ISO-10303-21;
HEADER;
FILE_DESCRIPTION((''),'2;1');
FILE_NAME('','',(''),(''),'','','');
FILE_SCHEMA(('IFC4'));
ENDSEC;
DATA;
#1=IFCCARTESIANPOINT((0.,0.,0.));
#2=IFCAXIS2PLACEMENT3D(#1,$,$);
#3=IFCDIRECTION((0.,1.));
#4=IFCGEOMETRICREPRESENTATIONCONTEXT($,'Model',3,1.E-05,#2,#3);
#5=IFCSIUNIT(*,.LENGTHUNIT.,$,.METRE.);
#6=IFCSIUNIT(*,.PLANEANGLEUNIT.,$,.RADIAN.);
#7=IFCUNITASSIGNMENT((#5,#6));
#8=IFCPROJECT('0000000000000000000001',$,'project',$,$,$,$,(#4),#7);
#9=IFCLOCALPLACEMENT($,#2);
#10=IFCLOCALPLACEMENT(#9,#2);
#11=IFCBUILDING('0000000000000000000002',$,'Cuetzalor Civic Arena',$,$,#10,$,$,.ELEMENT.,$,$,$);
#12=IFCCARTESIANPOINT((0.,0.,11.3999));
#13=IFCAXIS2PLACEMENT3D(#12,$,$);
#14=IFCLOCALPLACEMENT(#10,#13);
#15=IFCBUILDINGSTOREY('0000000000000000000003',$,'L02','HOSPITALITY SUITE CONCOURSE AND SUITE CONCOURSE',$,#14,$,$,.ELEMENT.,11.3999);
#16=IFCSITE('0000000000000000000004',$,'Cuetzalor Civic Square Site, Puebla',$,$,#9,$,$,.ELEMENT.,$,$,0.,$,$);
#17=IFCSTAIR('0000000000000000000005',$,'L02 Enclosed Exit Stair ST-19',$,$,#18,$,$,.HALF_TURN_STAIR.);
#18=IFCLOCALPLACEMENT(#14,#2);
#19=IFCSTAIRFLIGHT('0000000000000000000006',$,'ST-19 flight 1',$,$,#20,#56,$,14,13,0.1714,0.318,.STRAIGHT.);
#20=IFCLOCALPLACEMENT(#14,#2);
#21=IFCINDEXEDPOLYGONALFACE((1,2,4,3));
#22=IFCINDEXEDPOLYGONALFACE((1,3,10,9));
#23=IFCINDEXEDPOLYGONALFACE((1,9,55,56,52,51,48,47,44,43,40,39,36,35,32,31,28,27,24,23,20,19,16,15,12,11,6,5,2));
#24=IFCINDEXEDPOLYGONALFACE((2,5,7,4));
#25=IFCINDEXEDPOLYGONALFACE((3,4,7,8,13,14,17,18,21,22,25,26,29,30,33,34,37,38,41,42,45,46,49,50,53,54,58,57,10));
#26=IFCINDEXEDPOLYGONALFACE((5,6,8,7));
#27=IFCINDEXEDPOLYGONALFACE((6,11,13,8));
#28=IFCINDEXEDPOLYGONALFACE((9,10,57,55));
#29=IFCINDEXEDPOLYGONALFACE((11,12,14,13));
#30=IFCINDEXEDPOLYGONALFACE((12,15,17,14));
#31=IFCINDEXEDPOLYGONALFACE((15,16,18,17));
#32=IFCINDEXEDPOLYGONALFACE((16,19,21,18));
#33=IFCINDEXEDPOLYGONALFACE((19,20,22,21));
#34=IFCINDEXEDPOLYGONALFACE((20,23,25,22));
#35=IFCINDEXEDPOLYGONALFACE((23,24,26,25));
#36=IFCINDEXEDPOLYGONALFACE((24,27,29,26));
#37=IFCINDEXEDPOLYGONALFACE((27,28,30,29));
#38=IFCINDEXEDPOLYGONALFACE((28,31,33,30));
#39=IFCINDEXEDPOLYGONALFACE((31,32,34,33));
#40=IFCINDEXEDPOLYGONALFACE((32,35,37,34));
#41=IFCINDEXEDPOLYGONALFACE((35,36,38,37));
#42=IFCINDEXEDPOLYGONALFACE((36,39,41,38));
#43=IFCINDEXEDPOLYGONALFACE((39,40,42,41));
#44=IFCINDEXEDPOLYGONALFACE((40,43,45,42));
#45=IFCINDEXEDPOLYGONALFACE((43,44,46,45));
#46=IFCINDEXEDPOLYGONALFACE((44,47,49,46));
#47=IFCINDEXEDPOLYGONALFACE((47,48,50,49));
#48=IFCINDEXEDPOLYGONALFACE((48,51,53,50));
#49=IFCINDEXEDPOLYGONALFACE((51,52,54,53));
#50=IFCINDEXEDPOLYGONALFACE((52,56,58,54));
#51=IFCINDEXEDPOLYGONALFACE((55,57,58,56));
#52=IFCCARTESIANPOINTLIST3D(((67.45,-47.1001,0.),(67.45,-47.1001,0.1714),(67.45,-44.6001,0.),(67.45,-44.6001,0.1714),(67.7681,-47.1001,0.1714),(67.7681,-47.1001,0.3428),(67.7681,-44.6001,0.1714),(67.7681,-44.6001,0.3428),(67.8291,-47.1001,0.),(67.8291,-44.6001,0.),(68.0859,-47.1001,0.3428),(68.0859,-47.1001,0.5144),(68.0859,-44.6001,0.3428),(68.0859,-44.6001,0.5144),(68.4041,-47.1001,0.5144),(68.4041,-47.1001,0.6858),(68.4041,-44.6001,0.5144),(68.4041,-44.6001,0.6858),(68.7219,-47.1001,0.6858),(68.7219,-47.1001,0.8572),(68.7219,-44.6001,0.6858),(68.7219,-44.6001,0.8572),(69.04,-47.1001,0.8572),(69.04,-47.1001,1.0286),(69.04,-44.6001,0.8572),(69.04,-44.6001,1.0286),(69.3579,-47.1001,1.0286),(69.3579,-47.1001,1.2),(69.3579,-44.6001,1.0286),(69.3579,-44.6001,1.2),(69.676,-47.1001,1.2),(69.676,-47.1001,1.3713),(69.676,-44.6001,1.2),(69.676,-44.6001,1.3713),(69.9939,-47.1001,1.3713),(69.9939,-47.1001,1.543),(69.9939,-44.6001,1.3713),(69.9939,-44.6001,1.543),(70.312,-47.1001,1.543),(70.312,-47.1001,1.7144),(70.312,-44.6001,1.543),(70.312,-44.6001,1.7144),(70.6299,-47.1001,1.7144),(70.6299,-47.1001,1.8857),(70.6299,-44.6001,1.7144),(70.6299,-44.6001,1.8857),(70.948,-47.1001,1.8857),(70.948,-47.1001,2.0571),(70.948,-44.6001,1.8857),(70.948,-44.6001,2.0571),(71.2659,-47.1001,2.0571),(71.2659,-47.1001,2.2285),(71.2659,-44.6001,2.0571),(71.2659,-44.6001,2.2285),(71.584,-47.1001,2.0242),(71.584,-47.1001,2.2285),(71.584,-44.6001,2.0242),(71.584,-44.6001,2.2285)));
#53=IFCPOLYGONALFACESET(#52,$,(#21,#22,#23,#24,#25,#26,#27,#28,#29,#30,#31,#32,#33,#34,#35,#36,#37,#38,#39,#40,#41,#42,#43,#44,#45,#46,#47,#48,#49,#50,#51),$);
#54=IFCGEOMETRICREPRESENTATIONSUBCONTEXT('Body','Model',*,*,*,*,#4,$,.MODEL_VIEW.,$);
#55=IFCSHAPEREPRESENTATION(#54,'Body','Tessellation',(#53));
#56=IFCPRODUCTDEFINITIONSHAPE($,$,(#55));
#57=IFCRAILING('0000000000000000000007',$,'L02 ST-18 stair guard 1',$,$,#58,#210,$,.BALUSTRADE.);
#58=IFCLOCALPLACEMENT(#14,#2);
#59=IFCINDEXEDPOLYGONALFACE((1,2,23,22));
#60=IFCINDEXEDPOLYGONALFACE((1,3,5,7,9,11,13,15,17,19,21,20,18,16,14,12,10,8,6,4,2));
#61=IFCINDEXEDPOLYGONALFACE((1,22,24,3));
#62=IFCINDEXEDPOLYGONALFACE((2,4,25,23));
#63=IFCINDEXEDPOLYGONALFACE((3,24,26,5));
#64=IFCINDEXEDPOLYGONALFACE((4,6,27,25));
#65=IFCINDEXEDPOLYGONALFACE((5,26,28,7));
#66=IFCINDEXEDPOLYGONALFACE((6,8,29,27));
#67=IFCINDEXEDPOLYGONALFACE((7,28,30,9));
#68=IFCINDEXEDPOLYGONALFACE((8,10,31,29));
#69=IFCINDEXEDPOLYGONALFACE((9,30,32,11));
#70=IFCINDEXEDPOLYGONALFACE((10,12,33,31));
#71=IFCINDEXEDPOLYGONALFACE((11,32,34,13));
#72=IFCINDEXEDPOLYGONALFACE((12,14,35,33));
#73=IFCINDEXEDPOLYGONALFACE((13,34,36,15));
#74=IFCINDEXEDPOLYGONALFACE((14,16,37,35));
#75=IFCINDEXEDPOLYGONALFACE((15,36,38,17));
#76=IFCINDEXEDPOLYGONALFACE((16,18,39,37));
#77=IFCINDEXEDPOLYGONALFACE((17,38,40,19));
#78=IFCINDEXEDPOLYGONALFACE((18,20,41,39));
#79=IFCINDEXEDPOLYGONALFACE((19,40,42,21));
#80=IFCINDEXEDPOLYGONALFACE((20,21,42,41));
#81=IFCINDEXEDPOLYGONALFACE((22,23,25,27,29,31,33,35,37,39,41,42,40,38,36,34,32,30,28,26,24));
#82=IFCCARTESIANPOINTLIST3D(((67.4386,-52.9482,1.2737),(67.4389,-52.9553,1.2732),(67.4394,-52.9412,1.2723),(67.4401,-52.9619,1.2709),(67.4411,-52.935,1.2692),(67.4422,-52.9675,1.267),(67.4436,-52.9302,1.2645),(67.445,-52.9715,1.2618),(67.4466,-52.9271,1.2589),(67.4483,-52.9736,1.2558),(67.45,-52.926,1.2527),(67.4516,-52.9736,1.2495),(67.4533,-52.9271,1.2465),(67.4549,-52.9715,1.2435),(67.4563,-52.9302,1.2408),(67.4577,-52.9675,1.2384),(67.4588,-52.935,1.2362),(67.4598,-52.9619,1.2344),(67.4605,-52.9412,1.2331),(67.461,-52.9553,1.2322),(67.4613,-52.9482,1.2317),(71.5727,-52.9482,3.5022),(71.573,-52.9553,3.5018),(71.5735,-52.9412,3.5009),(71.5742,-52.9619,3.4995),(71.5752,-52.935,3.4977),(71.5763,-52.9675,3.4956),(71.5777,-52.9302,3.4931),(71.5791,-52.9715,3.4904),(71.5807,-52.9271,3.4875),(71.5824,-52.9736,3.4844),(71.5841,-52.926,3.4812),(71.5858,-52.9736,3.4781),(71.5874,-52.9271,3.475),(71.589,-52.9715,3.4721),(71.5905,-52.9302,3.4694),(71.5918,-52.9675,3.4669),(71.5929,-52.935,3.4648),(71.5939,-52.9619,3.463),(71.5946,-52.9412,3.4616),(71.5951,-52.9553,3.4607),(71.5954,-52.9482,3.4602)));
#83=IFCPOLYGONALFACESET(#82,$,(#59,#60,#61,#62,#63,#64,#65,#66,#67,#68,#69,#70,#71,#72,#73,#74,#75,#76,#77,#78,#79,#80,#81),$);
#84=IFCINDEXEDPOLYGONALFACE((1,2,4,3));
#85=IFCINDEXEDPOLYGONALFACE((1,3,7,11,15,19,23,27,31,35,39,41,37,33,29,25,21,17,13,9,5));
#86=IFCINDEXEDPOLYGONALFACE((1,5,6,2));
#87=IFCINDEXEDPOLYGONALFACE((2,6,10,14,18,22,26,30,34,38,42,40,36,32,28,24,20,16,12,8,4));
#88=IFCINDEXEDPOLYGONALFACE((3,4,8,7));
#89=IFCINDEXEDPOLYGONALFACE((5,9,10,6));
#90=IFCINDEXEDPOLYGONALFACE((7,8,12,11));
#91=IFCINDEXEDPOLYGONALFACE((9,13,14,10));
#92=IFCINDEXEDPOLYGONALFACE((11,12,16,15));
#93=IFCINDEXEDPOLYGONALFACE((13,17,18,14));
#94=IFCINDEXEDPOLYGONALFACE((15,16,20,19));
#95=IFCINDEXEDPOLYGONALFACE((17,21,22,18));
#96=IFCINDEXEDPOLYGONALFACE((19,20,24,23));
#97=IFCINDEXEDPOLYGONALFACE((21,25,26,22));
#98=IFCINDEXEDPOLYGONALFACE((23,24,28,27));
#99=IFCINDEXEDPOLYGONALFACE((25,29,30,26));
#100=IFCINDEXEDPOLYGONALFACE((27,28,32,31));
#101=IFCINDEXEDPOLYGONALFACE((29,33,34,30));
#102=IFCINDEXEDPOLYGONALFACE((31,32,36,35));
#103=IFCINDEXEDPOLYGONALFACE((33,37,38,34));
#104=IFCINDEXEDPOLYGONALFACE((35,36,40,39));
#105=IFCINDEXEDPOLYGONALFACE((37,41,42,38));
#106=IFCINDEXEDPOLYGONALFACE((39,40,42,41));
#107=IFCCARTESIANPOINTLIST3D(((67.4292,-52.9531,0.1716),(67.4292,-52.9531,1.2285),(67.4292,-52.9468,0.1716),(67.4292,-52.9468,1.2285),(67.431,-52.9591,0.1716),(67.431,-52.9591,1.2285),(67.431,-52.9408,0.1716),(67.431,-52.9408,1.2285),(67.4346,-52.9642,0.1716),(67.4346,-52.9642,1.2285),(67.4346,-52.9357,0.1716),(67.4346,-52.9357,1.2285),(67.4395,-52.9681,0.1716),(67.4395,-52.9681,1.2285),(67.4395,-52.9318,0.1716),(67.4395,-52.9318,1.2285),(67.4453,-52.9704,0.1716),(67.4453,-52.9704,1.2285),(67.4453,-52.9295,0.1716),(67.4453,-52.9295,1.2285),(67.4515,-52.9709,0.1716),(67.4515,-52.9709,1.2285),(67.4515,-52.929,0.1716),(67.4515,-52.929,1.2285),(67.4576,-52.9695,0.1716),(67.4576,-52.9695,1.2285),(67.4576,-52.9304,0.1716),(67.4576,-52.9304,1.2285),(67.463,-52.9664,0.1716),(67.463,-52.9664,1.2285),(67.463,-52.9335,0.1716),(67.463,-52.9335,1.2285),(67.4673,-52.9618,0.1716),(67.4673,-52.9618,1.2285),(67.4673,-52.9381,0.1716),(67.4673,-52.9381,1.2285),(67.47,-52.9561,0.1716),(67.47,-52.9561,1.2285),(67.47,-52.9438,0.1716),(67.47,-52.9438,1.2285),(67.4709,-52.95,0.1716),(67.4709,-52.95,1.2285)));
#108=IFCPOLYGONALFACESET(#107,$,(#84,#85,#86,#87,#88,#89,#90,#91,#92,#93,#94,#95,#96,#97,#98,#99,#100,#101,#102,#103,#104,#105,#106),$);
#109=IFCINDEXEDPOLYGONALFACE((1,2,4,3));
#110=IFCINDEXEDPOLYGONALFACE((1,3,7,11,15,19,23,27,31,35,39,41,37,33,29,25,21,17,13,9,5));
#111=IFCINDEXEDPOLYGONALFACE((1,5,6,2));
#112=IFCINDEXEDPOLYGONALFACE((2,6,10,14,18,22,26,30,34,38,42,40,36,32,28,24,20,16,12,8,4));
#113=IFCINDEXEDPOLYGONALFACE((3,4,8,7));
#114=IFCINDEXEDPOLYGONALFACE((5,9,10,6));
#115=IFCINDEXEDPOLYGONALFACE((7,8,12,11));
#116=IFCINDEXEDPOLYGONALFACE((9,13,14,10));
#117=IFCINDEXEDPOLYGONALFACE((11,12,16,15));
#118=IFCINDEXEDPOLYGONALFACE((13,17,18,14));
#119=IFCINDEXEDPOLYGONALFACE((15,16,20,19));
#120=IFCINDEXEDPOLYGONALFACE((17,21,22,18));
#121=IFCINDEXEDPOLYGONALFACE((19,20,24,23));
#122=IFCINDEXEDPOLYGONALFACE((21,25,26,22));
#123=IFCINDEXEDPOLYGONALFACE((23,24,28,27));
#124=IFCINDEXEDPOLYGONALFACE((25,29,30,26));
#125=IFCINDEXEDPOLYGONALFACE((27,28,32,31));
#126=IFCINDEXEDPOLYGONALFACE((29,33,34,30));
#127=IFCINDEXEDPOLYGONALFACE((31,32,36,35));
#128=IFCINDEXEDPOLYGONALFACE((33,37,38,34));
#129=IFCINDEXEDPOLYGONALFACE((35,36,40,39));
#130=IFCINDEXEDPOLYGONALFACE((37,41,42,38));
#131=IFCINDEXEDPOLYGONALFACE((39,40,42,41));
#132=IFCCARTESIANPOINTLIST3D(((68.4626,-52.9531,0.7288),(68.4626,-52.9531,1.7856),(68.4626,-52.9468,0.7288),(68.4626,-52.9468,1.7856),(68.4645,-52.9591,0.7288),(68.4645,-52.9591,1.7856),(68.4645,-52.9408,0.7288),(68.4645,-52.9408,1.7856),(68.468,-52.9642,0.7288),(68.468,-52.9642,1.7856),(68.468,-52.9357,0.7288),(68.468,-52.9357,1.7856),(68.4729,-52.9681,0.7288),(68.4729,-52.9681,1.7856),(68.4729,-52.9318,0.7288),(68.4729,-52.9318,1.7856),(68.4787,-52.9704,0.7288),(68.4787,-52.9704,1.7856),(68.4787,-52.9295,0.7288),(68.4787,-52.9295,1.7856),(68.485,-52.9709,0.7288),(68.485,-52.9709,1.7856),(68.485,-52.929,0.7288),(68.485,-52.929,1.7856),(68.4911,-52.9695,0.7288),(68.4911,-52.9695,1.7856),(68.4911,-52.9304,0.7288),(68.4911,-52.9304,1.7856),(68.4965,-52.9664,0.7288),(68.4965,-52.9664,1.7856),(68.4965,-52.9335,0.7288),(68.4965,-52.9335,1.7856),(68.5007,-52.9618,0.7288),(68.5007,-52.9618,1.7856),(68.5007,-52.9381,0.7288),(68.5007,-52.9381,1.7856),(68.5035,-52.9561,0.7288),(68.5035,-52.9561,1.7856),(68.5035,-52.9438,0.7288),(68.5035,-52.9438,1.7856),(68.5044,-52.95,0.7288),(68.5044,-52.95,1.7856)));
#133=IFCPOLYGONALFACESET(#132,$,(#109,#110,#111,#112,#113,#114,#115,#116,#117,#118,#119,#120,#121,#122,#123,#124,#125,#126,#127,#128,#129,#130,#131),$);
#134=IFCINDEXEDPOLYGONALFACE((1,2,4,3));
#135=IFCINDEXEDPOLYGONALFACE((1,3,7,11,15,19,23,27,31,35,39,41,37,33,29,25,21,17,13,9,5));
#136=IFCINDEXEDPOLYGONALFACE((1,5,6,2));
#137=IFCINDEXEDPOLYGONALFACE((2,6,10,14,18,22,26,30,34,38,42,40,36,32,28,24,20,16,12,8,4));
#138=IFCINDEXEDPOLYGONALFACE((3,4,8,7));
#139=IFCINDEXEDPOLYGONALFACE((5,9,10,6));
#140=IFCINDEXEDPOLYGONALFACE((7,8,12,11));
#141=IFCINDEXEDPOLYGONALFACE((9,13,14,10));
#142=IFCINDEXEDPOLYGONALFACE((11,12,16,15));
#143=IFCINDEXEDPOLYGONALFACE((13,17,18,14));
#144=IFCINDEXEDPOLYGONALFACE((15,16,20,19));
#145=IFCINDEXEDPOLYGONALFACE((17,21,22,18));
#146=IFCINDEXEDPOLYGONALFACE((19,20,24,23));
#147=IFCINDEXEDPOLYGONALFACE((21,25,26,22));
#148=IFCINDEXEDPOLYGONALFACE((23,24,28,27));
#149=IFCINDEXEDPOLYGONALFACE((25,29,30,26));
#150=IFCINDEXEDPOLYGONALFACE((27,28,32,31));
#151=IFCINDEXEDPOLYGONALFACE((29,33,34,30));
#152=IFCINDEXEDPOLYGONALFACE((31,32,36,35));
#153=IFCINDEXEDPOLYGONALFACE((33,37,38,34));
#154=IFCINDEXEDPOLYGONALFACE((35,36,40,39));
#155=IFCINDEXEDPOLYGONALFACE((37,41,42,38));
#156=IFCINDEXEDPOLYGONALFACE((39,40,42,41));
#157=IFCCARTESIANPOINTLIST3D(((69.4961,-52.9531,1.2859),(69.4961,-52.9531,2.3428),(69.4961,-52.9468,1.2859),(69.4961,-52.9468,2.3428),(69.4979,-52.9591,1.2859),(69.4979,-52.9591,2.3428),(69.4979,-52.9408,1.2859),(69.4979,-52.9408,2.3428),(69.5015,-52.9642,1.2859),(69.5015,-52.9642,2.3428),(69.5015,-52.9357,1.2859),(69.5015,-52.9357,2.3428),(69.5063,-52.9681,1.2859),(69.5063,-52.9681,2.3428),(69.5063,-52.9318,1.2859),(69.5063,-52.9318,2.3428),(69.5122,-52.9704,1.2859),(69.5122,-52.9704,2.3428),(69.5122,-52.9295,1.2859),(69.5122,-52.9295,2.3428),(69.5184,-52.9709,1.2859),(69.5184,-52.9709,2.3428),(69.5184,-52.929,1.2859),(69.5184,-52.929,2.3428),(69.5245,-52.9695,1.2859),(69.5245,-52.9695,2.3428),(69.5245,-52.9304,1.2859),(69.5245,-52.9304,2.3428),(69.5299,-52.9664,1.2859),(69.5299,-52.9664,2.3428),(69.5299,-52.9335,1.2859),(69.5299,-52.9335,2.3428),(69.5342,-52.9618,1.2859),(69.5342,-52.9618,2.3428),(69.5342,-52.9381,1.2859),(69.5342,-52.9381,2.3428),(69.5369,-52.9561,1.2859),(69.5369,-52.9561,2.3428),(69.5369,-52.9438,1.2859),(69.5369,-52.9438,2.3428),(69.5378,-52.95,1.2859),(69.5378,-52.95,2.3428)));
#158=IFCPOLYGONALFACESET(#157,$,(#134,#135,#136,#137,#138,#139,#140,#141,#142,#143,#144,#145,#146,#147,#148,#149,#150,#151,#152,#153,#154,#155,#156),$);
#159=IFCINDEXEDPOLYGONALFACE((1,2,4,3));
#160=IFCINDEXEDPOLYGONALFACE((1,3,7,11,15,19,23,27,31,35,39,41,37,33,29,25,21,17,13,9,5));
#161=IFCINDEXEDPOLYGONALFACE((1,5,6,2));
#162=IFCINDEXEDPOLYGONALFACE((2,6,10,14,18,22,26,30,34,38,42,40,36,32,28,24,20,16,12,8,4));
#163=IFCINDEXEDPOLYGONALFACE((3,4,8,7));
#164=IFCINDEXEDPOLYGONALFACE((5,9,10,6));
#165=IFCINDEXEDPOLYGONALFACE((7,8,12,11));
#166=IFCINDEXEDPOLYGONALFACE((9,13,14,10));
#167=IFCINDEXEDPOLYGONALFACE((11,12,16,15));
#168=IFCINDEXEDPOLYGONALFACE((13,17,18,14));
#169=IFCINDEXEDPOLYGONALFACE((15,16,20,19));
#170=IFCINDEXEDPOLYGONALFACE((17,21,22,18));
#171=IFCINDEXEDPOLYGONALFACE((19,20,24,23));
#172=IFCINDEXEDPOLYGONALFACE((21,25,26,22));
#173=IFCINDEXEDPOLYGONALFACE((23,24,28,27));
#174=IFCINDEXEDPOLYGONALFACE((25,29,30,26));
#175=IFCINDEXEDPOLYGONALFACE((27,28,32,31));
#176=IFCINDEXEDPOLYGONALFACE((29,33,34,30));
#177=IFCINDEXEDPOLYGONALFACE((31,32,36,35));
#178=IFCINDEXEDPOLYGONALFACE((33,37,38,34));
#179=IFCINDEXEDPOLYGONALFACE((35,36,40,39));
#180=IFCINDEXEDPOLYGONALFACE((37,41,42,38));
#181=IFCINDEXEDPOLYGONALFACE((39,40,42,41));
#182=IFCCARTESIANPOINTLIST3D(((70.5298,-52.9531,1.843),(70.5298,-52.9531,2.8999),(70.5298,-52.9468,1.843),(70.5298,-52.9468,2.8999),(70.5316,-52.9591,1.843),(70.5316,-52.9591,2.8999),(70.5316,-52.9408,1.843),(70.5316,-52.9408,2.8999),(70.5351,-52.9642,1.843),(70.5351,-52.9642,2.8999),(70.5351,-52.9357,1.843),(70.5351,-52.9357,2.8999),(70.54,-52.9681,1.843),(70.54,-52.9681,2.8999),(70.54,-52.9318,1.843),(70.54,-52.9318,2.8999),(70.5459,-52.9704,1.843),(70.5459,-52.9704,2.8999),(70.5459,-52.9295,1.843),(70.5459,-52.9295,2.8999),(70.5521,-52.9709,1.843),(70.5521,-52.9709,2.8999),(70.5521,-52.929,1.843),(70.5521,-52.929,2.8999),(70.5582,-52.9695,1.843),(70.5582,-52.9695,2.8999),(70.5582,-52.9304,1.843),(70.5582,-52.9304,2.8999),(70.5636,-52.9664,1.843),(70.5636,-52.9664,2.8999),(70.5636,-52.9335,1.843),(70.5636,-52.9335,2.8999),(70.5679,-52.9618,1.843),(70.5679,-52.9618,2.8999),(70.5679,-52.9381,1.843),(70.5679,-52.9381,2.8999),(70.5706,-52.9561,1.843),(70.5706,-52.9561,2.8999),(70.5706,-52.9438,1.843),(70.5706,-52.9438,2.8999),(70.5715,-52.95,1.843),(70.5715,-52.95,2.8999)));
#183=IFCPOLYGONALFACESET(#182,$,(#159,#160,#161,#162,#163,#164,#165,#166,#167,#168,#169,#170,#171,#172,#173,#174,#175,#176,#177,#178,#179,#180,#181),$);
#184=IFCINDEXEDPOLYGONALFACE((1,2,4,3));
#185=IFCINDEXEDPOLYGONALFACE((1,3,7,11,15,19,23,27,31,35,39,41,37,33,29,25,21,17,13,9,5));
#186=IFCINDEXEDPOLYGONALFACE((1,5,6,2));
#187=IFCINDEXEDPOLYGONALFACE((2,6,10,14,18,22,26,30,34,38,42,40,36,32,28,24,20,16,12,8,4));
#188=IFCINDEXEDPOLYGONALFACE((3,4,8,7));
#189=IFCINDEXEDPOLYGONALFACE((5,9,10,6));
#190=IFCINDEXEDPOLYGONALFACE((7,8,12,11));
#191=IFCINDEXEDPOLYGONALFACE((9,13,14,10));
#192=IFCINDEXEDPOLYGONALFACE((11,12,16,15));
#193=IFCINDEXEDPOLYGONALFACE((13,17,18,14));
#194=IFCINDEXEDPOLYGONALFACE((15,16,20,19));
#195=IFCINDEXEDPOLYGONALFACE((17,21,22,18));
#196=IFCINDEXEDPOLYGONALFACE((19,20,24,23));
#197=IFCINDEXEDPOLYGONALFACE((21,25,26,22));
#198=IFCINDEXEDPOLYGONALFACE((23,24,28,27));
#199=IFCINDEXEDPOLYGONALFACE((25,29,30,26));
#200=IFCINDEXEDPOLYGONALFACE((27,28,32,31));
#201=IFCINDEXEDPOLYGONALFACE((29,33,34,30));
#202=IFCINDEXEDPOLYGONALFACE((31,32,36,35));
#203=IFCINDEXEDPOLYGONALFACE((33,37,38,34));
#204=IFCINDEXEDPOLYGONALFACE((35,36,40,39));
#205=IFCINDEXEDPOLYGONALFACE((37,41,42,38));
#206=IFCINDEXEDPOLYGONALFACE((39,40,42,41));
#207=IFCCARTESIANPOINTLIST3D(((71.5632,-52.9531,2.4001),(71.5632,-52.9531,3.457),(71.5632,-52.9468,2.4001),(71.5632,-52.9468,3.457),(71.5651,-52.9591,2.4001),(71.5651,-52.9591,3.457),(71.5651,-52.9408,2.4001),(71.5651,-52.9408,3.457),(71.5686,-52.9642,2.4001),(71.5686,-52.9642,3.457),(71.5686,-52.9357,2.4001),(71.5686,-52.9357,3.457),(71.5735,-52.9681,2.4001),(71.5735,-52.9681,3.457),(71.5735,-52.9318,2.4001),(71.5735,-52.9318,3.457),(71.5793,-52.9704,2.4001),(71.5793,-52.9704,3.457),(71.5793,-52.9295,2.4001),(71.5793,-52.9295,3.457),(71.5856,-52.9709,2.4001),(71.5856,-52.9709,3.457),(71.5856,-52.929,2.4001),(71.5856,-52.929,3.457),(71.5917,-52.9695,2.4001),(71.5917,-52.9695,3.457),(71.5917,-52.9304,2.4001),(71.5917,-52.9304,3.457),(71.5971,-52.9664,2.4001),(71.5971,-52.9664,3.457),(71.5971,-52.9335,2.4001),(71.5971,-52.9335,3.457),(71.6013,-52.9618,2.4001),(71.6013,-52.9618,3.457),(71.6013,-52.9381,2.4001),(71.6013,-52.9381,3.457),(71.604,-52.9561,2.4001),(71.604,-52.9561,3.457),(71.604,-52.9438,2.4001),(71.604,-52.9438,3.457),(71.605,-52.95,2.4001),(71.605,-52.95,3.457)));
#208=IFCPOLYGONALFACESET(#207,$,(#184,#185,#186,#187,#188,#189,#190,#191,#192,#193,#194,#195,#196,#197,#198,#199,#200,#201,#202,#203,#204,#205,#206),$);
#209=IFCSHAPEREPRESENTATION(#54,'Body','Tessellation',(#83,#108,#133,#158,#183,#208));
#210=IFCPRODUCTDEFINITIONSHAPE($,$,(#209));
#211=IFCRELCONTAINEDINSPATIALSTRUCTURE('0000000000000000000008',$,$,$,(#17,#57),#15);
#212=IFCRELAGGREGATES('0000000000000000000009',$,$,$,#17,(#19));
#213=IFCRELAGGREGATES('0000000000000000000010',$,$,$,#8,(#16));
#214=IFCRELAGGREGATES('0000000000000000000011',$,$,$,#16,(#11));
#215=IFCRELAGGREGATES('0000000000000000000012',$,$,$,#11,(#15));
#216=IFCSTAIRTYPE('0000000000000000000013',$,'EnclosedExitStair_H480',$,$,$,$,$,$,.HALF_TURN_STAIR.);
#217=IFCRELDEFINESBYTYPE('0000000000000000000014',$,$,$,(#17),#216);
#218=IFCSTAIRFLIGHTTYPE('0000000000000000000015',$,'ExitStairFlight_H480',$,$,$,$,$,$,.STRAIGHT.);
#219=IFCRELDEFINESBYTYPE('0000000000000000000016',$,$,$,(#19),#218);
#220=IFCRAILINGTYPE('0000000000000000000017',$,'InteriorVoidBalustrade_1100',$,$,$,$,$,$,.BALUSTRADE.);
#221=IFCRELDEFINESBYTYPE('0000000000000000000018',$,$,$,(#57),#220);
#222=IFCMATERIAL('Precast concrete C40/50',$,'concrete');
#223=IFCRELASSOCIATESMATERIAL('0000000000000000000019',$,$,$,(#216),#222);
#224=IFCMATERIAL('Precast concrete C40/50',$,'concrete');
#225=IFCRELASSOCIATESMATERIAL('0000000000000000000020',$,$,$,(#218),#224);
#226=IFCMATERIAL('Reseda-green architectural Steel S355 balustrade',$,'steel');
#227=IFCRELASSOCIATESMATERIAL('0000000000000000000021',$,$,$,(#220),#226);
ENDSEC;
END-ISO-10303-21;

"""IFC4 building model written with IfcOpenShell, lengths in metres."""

from ifc_helpers import new_model, si_unit, direction, frame, origin, origin_2d, place, context, subcontext, project, spatial, polyline, circle, outline, extrude, material, type_object, element, aggregate, save


model = new_model("IFC4")

# Units and contexts
model_context = context("Model", 3, precision=1e-05, world=origin(), true_north=direction((0.0, 1.0)))
body_context = subcontext(model_context, "Body", "Model", "MODEL_VIEW")
ifc_project = project(units=[si_unit("LENGTHUNIT", "METRE"), si_unit("PLANEANGLEUNIT", "RADIAN")], contexts=[model_context])

# Site, building, storey
site_placement = place(None, origin())
site = spatial("IfcSite", under=ifc_project, at=site_placement, Name="Cuetzalor Civic Square Site, Puebla", CompositionType="ELEMENT", RefElevation=0.0)
building_placement = place(site_placement, origin())
building = spatial("IfcBuilding", under=site, at=building_placement, Name="Cuetzalor Civic Arena", CompositionType="ELEMENT")
storey_placement = place(building_placement, frame((0.0, 0.0, 11.3999)))
storey = spatial("IfcBuildingStorey", under=building, at=storey_placement, Name="L02", Description="HOSPITALITY SUITE CONCOURSE AND SUITE CONCOURSE", CompositionType="ELEMENT", Elevation=11.3999)

# Shared definitions
ifc_material_1 = material(Name="Precast concrete C40/50", Category="concrete")
stair_type = type_object("IfcStairType", Name="EnclosedExitStair_H480", PredefinedType="HALF_TURN_STAIR", material=ifc_material_1)
ifc_material_2 = material(Name="Precast concrete C40/50", Category="concrete")
stair_flight_type = type_object("IfcStairFlightType", Name="ExitStairFlight_H480", PredefinedType="STRAIGHT", material=ifc_material_2)

# Stair, stair flight
stair_1_placement = place(storey_placement, origin())
stair_1 = element("IfcStair", 1, at=stair_1_placement, inside=storey, type_object=stair_type, Name="L02 Enclosed Exit Stair ST-19", PredefinedType="HALF_TURN_STAIR")
stair_flight_1_placement = place(storey_placement, frame((67.45, -45.8501, 0.0), z_axis=(0.0, 0.0, 1.0), x_axis=(1.0, 0.0, 0.0)))
stair_flight_1 = element("IfcStairFlight", 2, at=stair_flight_1_placement, type_object=stair_flight_type, Name="ST-19 flight 1", NumberOfRisers=14, NumberOfTreads=13, PredefinedType="STRAIGHT", RiserHeight=0.1714, TreadLength=0.318, context=body_context, shape_type="SweptSolid", body=[
    extrude(outline(polyline([(0.0, 0.0), (0.0, 0.1714), (0.3181, 0.1714), (0.3181, 0.3428), (0.636, 0.3428), (0.636, 0.5144), (0.9541, 0.5144), (0.9541, 0.6858), (1.272, 0.6858), (1.272, 0.8572), (1.5901, 0.8572), (1.5901, 1.0286), (1.908, 1.0286), (1.908, 1.2), (2.2261, 1.2), (2.2261, 1.3713), (2.5439, 1.3713), (2.5439, 1.543), (2.8621, 1.543), (2.8621, 1.7144), (3.1799, 1.7144), (3.1799, 1.8857), (3.498, 1.8857), (3.498, 2.0571), (3.8159, 2.0571), (3.8159, 2.2285), (4.134, 2.2285), (4.134, 2.3999), (4.134, 2.0242), (0.3792, 0.0), (0.0, 0.0)])), frame((0.0, 1.25, 0.0), z_axis=(0.0, -1.0, 0.0), x_axis=(1.0, 0.0, 0.0)), (0.0, 0.0, 1.0), 2.5),
])
aggregate(stair_1, [stair_flight_1])

# Railing
ifc_material_3 = material(Name="Reseda-green architectural Steel S355 balustrade", Category="steel")
railing_type_1 = type_object("IfcRailingType", Name="InteriorVoidBalustrade_1100", PredefinedType="BALUSTRADE", material=ifc_material_3)
railing_1_placement = place(storey_placement, frame((67.45, -52.95, 0.1716)))
element("IfcRailing", 3, at=railing_1_placement, inside=storey, type_object=railing_type_1, Name="L02 ST-18 stair guard 1", PredefinedType="BALUSTRADE", context=body_context, shape_type="SweptSolid", body=[
    extrude(circle(Radius=0.0239, at=origin_2d()), frame((0.0, 0.0, 1.0811), z_axis=(0.880249, 0.0, 0.474512), x_axis=(0.0, 1.0, 0.0)), (0.0, 0.0, 1.0), 4.6965),
    extrude(circle(Radius=0.021, at=origin_2d()), origin(), (0.0, 0.0, 1.0), 1.0569),
    extrude(circle(Radius=0.021, at=origin_2d()), frame((1.0334, 0.0, 0.5571)), (0.0, 0.0, 1.0), 1.0569),
    extrude(circle(Radius=0.021, at=origin_2d()), frame((2.0669, 0.0, 1.1143)), (0.0, 0.0, 1.0), 1.0569),
    extrude(circle(Radius=0.021, at=origin_2d()), frame((3.1006, 0.0, 1.6714)), (0.0, 0.0, 1.0), 1.0569),
    extrude(circle(Radius=0.021, at=origin_2d()), frame((4.134, 0.0, 2.2285)), (0.0, 0.0, 1.0), 1.0569),
])

save(model, "model.ifc")
